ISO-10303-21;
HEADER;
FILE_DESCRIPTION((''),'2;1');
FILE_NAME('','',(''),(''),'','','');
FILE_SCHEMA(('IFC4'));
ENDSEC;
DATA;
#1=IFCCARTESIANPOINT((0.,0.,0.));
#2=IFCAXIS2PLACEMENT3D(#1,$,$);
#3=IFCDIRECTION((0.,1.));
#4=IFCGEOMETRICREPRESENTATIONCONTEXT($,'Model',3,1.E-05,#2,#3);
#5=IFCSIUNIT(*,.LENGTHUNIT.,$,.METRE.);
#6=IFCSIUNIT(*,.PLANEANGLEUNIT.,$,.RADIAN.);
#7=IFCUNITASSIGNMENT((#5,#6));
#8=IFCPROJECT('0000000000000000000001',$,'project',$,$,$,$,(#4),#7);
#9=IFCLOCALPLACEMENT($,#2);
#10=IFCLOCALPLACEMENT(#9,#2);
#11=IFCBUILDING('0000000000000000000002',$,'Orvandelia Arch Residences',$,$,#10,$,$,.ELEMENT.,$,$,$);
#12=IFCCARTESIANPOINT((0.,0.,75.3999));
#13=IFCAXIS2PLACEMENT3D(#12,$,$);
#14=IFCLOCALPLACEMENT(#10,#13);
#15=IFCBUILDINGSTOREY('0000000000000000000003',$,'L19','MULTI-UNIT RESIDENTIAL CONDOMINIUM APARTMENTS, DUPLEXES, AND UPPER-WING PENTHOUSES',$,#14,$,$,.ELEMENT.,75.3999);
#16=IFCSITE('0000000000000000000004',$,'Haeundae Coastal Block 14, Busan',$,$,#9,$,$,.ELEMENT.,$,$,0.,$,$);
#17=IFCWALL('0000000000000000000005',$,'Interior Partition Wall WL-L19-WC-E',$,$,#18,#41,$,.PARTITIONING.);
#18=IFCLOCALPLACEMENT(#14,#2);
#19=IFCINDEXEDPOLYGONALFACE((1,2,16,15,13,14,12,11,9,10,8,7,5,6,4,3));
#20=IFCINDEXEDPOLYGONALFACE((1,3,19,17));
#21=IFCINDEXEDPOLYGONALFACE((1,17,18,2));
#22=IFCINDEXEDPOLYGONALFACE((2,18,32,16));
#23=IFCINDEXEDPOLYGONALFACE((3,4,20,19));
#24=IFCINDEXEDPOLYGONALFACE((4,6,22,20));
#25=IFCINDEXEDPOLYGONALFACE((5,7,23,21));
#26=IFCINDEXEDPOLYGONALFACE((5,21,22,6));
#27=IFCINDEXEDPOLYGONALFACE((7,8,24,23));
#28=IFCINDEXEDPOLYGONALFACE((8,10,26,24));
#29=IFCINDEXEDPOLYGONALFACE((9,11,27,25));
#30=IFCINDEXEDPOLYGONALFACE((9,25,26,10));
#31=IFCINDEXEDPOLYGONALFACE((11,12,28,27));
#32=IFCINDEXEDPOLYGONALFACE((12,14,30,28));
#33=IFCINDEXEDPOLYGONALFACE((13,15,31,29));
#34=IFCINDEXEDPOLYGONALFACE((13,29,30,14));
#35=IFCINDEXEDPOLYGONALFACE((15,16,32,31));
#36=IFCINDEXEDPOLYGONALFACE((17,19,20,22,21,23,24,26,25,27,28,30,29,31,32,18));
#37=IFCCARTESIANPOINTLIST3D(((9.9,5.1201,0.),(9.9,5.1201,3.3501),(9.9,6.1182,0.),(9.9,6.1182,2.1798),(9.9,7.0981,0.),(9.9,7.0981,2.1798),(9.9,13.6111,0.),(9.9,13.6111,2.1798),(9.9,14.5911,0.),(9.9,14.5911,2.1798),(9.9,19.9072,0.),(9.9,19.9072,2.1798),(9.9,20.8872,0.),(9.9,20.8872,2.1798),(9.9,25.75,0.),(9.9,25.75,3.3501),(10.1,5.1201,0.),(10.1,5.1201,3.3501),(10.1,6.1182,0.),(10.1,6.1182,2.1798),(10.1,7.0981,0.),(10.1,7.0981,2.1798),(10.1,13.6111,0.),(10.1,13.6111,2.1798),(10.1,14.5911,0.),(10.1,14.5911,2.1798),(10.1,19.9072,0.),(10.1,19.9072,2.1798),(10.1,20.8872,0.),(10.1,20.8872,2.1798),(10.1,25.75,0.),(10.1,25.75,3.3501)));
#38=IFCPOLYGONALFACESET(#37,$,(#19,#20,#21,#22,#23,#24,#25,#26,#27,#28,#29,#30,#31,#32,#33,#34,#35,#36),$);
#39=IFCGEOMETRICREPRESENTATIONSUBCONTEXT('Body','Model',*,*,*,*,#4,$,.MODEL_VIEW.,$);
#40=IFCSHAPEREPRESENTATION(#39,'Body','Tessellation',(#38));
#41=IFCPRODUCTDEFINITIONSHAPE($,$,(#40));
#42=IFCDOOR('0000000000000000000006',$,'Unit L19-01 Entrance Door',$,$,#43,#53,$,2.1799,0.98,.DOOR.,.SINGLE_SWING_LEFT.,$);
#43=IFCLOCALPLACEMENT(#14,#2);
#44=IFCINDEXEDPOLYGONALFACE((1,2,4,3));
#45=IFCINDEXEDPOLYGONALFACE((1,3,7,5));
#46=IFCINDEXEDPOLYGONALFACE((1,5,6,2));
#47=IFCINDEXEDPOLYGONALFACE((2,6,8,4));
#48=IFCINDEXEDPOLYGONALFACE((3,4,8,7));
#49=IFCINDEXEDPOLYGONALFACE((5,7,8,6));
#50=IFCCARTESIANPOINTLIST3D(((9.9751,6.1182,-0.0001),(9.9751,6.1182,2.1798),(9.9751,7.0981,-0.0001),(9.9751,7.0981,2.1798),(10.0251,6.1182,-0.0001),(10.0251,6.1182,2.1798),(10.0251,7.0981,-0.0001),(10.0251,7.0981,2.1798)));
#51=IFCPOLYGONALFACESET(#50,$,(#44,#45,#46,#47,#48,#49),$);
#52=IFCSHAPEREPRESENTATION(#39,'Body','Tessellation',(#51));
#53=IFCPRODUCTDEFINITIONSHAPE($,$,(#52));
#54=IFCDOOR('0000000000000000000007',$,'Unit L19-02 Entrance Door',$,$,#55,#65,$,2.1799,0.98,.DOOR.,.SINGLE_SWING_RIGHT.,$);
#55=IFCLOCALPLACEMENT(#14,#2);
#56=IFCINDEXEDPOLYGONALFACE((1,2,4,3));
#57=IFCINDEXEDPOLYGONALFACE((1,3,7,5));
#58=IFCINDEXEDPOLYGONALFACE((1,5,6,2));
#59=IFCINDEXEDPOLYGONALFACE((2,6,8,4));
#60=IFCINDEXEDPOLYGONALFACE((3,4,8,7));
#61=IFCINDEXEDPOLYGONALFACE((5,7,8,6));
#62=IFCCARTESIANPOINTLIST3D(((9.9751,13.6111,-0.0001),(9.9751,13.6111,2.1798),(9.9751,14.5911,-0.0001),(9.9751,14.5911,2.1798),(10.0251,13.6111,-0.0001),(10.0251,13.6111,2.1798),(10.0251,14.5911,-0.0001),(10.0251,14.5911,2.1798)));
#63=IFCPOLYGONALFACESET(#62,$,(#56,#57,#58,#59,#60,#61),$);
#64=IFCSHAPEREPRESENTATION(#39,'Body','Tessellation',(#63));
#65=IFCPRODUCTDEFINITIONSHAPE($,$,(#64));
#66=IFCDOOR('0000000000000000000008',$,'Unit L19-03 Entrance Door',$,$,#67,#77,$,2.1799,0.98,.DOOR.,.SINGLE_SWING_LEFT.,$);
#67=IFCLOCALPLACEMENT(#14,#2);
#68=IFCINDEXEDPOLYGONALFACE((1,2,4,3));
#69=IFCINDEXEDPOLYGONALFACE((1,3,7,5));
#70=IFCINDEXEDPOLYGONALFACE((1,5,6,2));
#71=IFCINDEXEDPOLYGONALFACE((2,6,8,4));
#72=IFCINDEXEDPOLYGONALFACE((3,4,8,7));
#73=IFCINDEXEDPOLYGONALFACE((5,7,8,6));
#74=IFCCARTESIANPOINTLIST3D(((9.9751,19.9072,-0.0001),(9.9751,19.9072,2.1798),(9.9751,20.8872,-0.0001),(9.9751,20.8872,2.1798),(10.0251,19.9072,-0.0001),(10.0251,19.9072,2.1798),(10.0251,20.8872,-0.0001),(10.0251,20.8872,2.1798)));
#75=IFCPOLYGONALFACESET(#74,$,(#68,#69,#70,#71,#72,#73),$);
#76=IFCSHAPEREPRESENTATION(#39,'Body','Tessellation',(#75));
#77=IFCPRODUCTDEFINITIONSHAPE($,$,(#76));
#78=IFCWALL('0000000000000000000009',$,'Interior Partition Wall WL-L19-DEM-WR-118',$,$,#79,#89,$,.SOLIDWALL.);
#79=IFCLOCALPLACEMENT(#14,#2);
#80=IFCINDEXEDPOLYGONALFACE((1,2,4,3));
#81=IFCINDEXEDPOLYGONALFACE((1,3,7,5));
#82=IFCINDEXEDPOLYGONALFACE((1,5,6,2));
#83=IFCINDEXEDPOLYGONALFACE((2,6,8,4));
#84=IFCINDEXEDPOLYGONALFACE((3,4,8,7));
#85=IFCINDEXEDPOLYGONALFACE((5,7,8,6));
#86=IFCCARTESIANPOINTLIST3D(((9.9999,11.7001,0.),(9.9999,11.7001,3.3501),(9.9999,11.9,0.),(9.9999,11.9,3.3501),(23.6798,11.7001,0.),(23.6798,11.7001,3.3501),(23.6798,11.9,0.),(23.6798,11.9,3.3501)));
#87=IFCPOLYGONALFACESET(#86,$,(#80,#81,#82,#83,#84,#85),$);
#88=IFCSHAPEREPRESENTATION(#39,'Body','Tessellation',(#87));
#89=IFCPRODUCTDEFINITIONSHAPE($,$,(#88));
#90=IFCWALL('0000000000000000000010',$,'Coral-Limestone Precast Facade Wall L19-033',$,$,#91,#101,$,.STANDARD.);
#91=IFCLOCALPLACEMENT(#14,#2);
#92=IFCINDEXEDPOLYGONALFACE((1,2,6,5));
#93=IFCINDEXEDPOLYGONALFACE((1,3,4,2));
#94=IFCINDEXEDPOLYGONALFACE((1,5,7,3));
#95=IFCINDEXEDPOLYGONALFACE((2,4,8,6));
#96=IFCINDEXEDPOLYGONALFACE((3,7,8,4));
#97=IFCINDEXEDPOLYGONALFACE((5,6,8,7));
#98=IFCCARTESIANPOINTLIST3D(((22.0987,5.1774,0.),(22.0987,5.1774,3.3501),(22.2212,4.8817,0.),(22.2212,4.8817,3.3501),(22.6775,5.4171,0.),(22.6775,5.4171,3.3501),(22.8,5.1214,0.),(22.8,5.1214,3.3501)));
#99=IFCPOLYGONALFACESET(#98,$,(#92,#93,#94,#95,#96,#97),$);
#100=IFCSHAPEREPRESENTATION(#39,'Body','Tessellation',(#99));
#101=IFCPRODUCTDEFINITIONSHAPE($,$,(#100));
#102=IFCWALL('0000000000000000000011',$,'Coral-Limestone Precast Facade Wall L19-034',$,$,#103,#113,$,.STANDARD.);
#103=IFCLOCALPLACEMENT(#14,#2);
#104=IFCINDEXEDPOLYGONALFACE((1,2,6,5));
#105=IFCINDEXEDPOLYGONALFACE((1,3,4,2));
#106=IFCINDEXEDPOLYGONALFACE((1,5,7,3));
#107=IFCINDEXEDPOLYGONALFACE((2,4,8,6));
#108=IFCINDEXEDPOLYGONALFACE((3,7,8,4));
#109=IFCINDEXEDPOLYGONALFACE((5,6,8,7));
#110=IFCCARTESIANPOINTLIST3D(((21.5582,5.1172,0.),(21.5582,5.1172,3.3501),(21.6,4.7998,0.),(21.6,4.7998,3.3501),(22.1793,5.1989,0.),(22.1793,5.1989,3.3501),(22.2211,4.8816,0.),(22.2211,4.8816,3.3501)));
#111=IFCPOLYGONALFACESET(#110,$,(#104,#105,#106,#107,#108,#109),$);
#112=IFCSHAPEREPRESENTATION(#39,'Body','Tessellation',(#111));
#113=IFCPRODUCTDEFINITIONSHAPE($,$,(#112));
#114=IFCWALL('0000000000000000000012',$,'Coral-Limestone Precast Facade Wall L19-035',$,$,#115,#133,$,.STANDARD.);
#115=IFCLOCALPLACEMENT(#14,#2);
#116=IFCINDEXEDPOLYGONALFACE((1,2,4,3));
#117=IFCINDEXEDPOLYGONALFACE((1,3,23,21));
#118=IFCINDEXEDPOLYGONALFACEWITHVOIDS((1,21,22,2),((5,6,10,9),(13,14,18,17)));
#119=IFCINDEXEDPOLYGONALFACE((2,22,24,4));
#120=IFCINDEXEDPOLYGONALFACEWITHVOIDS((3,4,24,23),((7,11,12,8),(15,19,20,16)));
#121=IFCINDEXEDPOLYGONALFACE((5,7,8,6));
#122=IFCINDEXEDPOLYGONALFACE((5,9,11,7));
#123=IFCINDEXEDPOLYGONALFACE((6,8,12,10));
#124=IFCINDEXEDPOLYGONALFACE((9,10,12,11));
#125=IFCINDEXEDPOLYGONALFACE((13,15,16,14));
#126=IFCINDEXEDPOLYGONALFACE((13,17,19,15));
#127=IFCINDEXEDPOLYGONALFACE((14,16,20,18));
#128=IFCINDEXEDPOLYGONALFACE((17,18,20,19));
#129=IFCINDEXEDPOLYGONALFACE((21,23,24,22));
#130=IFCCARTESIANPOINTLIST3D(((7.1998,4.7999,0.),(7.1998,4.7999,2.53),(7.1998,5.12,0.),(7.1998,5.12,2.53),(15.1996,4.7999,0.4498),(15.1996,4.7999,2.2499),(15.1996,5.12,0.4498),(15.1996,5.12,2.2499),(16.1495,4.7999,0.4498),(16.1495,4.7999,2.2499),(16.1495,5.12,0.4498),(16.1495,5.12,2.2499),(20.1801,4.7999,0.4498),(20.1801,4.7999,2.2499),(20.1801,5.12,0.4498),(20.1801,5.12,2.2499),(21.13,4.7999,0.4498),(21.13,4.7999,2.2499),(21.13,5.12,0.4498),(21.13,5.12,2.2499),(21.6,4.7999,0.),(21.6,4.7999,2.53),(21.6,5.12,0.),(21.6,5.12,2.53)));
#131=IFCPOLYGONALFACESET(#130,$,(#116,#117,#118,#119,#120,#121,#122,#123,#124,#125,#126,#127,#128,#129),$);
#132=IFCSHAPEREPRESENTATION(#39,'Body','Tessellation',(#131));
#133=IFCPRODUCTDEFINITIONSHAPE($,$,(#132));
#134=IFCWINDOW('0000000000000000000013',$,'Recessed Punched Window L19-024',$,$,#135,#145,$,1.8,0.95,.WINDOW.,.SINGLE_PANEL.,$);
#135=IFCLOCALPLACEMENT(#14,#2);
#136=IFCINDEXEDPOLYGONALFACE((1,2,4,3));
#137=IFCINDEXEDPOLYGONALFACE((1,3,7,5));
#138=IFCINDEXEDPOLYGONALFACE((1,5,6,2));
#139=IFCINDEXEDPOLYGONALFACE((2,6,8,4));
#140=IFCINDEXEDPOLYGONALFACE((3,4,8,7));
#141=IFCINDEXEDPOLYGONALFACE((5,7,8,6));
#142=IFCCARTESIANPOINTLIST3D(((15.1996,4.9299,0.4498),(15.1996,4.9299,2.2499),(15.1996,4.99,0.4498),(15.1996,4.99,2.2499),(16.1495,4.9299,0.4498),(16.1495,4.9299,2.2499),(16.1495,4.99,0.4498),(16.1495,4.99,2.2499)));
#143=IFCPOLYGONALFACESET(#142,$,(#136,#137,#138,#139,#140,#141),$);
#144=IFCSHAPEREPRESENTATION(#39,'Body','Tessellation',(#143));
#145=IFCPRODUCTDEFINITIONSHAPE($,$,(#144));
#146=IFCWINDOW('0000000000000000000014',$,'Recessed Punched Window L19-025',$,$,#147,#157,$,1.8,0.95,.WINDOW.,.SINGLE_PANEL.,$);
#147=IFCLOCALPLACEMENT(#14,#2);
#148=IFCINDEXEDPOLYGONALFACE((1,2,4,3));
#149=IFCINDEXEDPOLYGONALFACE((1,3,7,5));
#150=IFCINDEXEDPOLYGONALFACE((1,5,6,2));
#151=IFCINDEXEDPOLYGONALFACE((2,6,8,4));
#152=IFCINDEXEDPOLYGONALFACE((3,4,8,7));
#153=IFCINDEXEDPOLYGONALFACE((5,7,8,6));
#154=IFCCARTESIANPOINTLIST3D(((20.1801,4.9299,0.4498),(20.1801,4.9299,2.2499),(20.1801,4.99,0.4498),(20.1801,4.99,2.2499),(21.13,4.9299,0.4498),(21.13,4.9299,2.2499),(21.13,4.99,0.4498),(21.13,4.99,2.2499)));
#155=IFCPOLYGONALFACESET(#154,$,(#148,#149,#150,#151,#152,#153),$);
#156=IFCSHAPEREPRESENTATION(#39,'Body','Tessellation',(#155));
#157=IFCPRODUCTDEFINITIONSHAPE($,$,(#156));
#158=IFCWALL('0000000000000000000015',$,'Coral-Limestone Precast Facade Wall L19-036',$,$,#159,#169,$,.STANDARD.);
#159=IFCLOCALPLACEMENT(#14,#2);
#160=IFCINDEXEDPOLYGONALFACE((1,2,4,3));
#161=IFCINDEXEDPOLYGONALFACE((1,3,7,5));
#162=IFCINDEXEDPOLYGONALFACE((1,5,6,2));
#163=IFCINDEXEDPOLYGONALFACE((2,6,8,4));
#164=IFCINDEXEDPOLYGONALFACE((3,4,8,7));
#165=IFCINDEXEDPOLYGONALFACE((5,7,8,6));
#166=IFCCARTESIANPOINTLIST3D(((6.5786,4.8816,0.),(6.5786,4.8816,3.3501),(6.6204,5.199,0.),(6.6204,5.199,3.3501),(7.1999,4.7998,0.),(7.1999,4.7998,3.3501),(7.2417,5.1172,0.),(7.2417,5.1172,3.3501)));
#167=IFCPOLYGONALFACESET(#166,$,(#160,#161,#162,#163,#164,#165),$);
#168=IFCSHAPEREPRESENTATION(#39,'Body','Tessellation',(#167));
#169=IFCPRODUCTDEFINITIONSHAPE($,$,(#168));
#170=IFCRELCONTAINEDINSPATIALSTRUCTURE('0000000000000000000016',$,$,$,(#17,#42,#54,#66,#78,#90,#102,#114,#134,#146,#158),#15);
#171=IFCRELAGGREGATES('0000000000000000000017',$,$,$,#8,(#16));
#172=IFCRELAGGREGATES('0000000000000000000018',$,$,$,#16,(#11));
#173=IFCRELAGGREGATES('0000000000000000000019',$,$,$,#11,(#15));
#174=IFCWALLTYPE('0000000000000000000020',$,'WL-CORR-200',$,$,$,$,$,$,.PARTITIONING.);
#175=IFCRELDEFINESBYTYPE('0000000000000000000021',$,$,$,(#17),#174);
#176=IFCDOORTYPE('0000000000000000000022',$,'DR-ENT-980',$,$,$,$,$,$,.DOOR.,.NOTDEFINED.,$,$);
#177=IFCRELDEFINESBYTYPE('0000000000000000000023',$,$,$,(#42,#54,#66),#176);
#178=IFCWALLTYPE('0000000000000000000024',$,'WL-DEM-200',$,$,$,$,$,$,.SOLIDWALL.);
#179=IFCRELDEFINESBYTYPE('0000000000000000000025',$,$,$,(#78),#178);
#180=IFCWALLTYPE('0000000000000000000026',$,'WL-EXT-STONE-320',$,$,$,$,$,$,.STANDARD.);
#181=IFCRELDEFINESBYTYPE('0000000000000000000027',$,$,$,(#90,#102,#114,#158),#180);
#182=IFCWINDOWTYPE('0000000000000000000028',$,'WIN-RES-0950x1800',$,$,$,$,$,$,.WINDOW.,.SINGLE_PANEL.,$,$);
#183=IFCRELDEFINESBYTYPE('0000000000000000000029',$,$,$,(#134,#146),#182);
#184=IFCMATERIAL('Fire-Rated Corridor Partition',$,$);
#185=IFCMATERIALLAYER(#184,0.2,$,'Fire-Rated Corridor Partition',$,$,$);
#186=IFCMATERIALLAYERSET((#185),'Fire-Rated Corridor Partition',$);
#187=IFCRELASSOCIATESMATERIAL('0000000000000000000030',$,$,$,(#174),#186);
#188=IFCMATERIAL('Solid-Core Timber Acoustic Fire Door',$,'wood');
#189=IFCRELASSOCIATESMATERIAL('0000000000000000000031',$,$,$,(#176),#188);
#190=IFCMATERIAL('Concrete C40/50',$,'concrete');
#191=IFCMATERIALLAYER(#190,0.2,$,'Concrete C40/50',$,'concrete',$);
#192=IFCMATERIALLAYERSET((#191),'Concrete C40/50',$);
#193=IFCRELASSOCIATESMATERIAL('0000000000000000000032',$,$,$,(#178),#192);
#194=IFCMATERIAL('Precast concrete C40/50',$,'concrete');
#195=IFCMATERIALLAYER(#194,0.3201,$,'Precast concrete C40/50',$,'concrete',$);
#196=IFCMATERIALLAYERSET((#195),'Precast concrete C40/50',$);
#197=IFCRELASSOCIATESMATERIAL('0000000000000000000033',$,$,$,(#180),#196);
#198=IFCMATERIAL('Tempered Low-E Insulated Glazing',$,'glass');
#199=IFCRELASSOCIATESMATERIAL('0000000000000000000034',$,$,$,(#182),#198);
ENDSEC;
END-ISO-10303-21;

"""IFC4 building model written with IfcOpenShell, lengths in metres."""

from ifc_helpers import new_model, si_unit, direction, frame, frame_2d, origin, place, context, subcontext, project, spatial, rectangle, extrude, material, layer, layer_set, type_object, element, fill, save


model = new_model("IFC4")

# Units and contexts
model_context = context("Model", 3, precision=1e-05, world=origin(), true_north=direction((0.0, 1.0)))
body_context = subcontext(model_context, "Body", "Model", "MODEL_VIEW")
ifc_project = project(units=[si_unit("LENGTHUNIT", "METRE"), si_unit("PLANEANGLEUNIT", "RADIAN")], contexts=[model_context])

# Site, building, storey
site_placement = place(None, origin())
site = spatial("IfcSite", under=ifc_project, at=site_placement, Name="Haeundae Coastal Block 14, Busan", CompositionType="ELEMENT", RefElevation=0.0)
building_placement = place(site_placement, origin())
building = spatial("IfcBuilding", under=site, at=building_placement, Name="Orvandelia Arch Residences", CompositionType="ELEMENT")
storey_placement = place(building_placement, frame((0.0, 0.0, 75.3999)))
storey = spatial("IfcBuildingStorey", under=building, at=storey_placement, Name="L19", Description="MULTI-UNIT RESIDENTIAL CONDOMINIUM APARTMENTS, DUPLEXES, AND UPPER-WING PENTHOUSES", CompositionType="ELEMENT", Elevation=75.3999)

# Wall, openings, doors
ifc_material_1 = material(Name="Fire-Rated Corridor Partition")
ifc_layer_1 = layer(ifc_material_1, 0.2, Name="Fire-Rated Corridor Partition")
ifc_layer_set_1 = layer_set([ifc_layer_1], Name="Fire-Rated Corridor Partition")
wall_type_1 = type_object("IfcWallType", Name="WL-CORR-200", PredefinedType="PARTITIONING", material=ifc_layer_set_1)
wall_1_placement = place(storey_placement, frame((10.0, 5.1201, 0.0), z_axis=(0.0, 0.0, 1.0), x_axis=(0.0, 1.0, 0.0)))
wall_1 = element("IfcWall", 1, at=wall_1_placement, inside=storey, type_object=wall_type_1, Name="Interior Partition Wall WL-L19-WC-E", PredefinedType="PARTITIONING", context=body_context, shape_type="SweptSolid", body=[
    extrude(rectangle(XDim=20.6299, YDim=0.2, at=frame_2d((10.3149, 0.0))), origin(), (0.0, 0.0, 1.0), 3.3501),
])
opening_1_placement = place(wall_1_placement, frame((0.998, 0.0, 0.0)))
opening_1 = element("IfcOpeningElement", 2, at=opening_1_placement, cuts=wall_1, PredefinedType="OPENING", context=body_context, shape_type="SweptSolid", body=[
    extrude(rectangle(XDim=0.98, YDim=2.1799, at=frame_2d((0.49, 1.0898))), frame((0.0, 0.1099, 0.0), z_axis=(0.0, -1.0, 0.0), x_axis=(1.0, 0.0, 0.0)), (0.0, 0.0, 1.0), 0.22),
])
opening_2_placement = place(wall_1_placement, frame((8.491, 0.0, 0.0)))
opening_2 = element("IfcOpeningElement", 3, at=opening_2_placement, cuts=wall_1, PredefinedType="OPENING", context=body_context, shape_type="SweptSolid", body=[
    extrude(rectangle(XDim=0.98, YDim=2.1799, at=frame_2d((0.49, 1.0898))), frame((0.0, 0.1099, 0.0), z_axis=(0.0, -1.0, 0.0), x_axis=(1.0, 0.0, 0.0)), (0.0, 0.0, 1.0), 0.22),
])
opening_3_placement = place(wall_1_placement, frame((14.7871, 0.0, 0.0)))
opening_3 = element("IfcOpeningElement", 4, at=opening_3_placement, cuts=wall_1, PredefinedType="OPENING", context=body_context, shape_type="SweptSolid", body=[
    extrude(rectangle(XDim=0.98, YDim=2.1799, at=frame_2d((0.49, 1.0898))), frame((0.0, 0.1099, 0.0), z_axis=(0.0, -1.0, 0.0), x_axis=(1.0, 0.0, 0.0)), (0.0, 0.0, 1.0), 0.22),
])
ifc_material_2 = material(Name="Solid-Core Timber Acoustic Fire Door", Category="wood")
door_type_1 = type_object("IfcDoorType", Name="DR-ENT-980", OperationType="NOTDEFINED", PredefinedType="DOOR", material=ifc_material_2)
door_1_placement = place(opening_1_placement, origin())
door_1 = element("IfcDoor", 5, at=door_1_placement, inside=storey, type_object=door_type_1, Name="Unit L19-01 Entrance Door", OperationType="SINGLE_SWING_LEFT", OverallHeight=2.1799, OverallWidth=0.98, PredefinedType="DOOR", context=body_context, shape_type="SweptSolid", body=[
    extrude(rectangle(XDim=0.98, YDim=2.1799, at=frame_2d((0.49, 1.0898))), frame((0.0, 0.0249, 0.0), z_axis=(0.0, -1.0, 0.0), x_axis=(1.0, 0.0, 0.0)), (0.0, 0.0, 1.0), 0.05),
])
fill(opening_1, door_1)
door_2_placement = place(opening_2_placement, origin())
door_2 = element("IfcDoor", 6, at=door_2_placement, inside=storey, type_object=door_type_1, Name="Unit L19-02 Entrance Door", OperationType="SINGLE_SWING_RIGHT", OverallHeight=2.1799, OverallWidth=0.98, PredefinedType="DOOR", context=body_context, shape_type="SweptSolid", body=[
    extrude(rectangle(XDim=0.98, YDim=2.1799, at=frame_2d((0.49, 1.0898))), frame((0.0, 0.0249, 0.0), z_axis=(0.0, -1.0, 0.0), x_axis=(1.0, 0.0, 0.0)), (0.0, 0.0, 1.0), 0.05),
])
fill(opening_2, door_2)
door_3_placement = place(opening_3_placement, origin())
door_3 = element("IfcDoor", 7, at=door_3_placement, inside=storey, type_object=door_type_1, Name="Unit L19-03 Entrance Door", OperationType="SINGLE_SWING_LEFT", OverallHeight=2.1799, OverallWidth=0.98, PredefinedType="DOOR", context=body_context, shape_type="SweptSolid", body=[
    extrude(rectangle(XDim=0.98, YDim=2.1799, at=frame_2d((0.49, 1.0898))), frame((0.0, 0.0249, 0.0), z_axis=(0.0, -1.0, 0.0), x_axis=(1.0, 0.0, 0.0)), (0.0, 0.0, 1.0), 0.05),
])
fill(opening_3, door_3)

# Walls
ifc_material_3 = material(Name="Concrete C40/50", Category="concrete")
ifc_layer_2 = layer(ifc_material_3, 0.2, Name="Concrete C40/50", Category="concrete")
ifc_layer_set_2 = layer_set([ifc_layer_2], Name="Concrete C40/50")
wall_type_2 = type_object("IfcWallType", Name="WL-DEM-200", PredefinedType="SOLIDWALL", material=ifc_layer_set_2)
wall_2_placement = place(storey_placement, frame((10.0, 11.8, 0.0), z_axis=(0.0, 0.0, 1.0), x_axis=(1.0, 0.0, 0.0)))
element("IfcWall", 8, at=wall_2_placement, inside=storey, type_object=wall_type_2, Name="Interior Partition Wall WL-L19-DEM-WR-118", PredefinedType="SOLIDWALL", context=body_context, shape_type="SweptSolid", body=[
    extrude(rectangle(XDim=13.6799, YDim=0.2, at=frame_2d((6.8398, 0.0))), origin(), (0.0, 0.0, 1.0), 3.3501),
])
ifc_material_4 = material(Name="Precast concrete C40/50", Category="concrete")
ifc_layer_3 = layer(ifc_material_4, 0.3201, Name="Precast concrete C40/50", Category="concrete")
ifc_layer_set_3 = layer_set([ifc_layer_3], Name="Precast concrete C40/50")
wall_type_3 = type_object("IfcWallType", Name="WL-EXT-STONE-320", PredefinedType="STANDARD", material=ifc_layer_set_3)
for number, where, z_axis, x_axis, name in (
    (9, (22.7388, 5.2693, 0.0), (0.0, 0.0, 1.0), (-0.923893, -0.38265, 0.0), "Coral-Limestone Precast Facade Wall L19-033"),
    (10, (22.2002, 5.0403, 0.0), (0.0, 0.0, 1.0), (-0.991441, -0.130555, 0.0), "Coral-Limestone Precast Facade Wall L19-034"),
):
    element("IfcWall", number, at=place(storey_placement, frame(where, z_axis=z_axis, x_axis=x_axis)), inside=storey, type_object=wall_type_3, Name=name, PredefinedType="STANDARD", context=body_context, shape_type="SweptSolid", body=[
        extrude(rectangle(XDim=0.6265, YDim=0.3201, at=frame_2d((0.3132, 0.0))), origin(), (0.0, 0.0, 1.0), 3.3501),
    ])

# Wall, openings, windows
wall_3_placement = place(storey_placement, frame((21.6001, 4.96, 0.0), z_axis=(0.0, 0.0, 1.0), x_axis=(-1.0, 0.0, 0.0)))
wall_3 = element("IfcWall", 11, at=wall_3_placement, inside=storey, type_object=wall_type_3, Name="Coral-Limestone Precast Facade Wall L19-035", PredefinedType="STANDARD", context=body_context, shape_type="SweptSolid", body=[
    extrude(rectangle(XDim=14.4001, YDim=0.3201, at=frame_2d((7.2002, 0.0))), origin(), (0.0, 0.0, 1.0), 2.53),
])
opening_4_placement = place(wall_3_placement, frame((5.4504, 0.0, 0.45)))
opening_4 = element("IfcOpeningElement", 12, at=opening_4_placement, cuts=wall_3, PredefinedType="OPENING", context=body_context, shape_type="SweptSolid", body=[
    extrude(rectangle(XDim=0.95, YDim=1.8, at=frame_2d((0.4751, 0.8999))), frame((0.0, 0.1699, 0.0), z_axis=(0.0, -1.0, 0.0), x_axis=(1.0, 0.0, 0.0)), (0.0, 0.0, 1.0), 0.3401),
])
opening_5_placement = place(wall_3_placement, frame((0.47, 0.0, 0.45)))
opening_5 = element("IfcOpeningElement", 13, at=opening_5_placement, cuts=wall_3, PredefinedType="OPENING", context=body_context, shape_type="SweptSolid", body=[
    extrude(rectangle(XDim=0.95, YDim=1.8, at=frame_2d((0.4751, 0.8999))), frame((0.0, 0.1699, 0.0), z_axis=(0.0, -1.0, 0.0), x_axis=(1.0, 0.0, 0.0)), (0.0, 0.0, 1.0), 0.3401),
])
ifc_material_5 = material(Name="Tempered Low-E Insulated Glazing", Category="glass")
window_type = type_object("IfcWindowType", Name="WIN-RES-0950x1800", PartitioningType="SINGLE_PANEL", PredefinedType="WINDOW", material=ifc_material_5)
window_1_placement = place(opening_4_placement, origin())
window_1 = element("IfcWindow", 14, at=window_1_placement, inside=storey, type_object=window_type, Name="Recessed Punched Window L19-024", OverallHeight=1.8, OverallWidth=0.95, PartitioningType="SINGLE_PANEL", PredefinedType="WINDOW", context=body_context, shape_type="SweptSolid", body=[
    extrude(rectangle(XDim=0.95, YDim=1.8, at=frame_2d((0.4751, 0.8999))), frame((0.0, 0.03, 0.0), z_axis=(0.0, -1.0, 0.0), x_axis=(1.0, 0.0, 0.0)), (0.0, 0.0, 1.0), 0.0601),
])
fill(opening_4, window_1)
window_2_placement = place(opening_5_placement, origin())
window_2 = element("IfcWindow", 15, at=window_2_placement, inside=storey, type_object=window_type, Name="Recessed Punched Window L19-025", OverallHeight=1.8, OverallWidth=0.95, PartitioningType="SINGLE_PANEL", PredefinedType="WINDOW", context=body_context, shape_type="SweptSolid", body=[
    extrude(rectangle(XDim=0.95, YDim=1.8, at=frame_2d((0.4751, 0.8999))), frame((0.0, 0.03, 0.0), z_axis=(0.0, -1.0, 0.0), x_axis=(1.0, 0.0, 0.0)), (0.0, 0.0, 1.0), 0.0601),
])
fill(opening_5, window_2)

# Wall
wall_4_placement = place(storey_placement, frame((7.2209, 4.9585, 0.0), z_axis=(0.0, 0.0, 1.0), x_axis=(-0.991448, 0.130505, 0.0)))
element("IfcWall", 16, at=wall_4_placement, inside=storey, type_object=wall_type_3, Name="Coral-Limestone Precast Facade Wall L19-036", PredefinedType="STANDARD", context=body_context, shape_type="SweptSolid", body=[
    extrude(rectangle(XDim=0.6267, YDim=0.3201, at=frame_2d((0.3135, 0.0))), origin(), (0.0, 0.0, 1.0), 3.3501),
])

save(model, "model.ifc")
